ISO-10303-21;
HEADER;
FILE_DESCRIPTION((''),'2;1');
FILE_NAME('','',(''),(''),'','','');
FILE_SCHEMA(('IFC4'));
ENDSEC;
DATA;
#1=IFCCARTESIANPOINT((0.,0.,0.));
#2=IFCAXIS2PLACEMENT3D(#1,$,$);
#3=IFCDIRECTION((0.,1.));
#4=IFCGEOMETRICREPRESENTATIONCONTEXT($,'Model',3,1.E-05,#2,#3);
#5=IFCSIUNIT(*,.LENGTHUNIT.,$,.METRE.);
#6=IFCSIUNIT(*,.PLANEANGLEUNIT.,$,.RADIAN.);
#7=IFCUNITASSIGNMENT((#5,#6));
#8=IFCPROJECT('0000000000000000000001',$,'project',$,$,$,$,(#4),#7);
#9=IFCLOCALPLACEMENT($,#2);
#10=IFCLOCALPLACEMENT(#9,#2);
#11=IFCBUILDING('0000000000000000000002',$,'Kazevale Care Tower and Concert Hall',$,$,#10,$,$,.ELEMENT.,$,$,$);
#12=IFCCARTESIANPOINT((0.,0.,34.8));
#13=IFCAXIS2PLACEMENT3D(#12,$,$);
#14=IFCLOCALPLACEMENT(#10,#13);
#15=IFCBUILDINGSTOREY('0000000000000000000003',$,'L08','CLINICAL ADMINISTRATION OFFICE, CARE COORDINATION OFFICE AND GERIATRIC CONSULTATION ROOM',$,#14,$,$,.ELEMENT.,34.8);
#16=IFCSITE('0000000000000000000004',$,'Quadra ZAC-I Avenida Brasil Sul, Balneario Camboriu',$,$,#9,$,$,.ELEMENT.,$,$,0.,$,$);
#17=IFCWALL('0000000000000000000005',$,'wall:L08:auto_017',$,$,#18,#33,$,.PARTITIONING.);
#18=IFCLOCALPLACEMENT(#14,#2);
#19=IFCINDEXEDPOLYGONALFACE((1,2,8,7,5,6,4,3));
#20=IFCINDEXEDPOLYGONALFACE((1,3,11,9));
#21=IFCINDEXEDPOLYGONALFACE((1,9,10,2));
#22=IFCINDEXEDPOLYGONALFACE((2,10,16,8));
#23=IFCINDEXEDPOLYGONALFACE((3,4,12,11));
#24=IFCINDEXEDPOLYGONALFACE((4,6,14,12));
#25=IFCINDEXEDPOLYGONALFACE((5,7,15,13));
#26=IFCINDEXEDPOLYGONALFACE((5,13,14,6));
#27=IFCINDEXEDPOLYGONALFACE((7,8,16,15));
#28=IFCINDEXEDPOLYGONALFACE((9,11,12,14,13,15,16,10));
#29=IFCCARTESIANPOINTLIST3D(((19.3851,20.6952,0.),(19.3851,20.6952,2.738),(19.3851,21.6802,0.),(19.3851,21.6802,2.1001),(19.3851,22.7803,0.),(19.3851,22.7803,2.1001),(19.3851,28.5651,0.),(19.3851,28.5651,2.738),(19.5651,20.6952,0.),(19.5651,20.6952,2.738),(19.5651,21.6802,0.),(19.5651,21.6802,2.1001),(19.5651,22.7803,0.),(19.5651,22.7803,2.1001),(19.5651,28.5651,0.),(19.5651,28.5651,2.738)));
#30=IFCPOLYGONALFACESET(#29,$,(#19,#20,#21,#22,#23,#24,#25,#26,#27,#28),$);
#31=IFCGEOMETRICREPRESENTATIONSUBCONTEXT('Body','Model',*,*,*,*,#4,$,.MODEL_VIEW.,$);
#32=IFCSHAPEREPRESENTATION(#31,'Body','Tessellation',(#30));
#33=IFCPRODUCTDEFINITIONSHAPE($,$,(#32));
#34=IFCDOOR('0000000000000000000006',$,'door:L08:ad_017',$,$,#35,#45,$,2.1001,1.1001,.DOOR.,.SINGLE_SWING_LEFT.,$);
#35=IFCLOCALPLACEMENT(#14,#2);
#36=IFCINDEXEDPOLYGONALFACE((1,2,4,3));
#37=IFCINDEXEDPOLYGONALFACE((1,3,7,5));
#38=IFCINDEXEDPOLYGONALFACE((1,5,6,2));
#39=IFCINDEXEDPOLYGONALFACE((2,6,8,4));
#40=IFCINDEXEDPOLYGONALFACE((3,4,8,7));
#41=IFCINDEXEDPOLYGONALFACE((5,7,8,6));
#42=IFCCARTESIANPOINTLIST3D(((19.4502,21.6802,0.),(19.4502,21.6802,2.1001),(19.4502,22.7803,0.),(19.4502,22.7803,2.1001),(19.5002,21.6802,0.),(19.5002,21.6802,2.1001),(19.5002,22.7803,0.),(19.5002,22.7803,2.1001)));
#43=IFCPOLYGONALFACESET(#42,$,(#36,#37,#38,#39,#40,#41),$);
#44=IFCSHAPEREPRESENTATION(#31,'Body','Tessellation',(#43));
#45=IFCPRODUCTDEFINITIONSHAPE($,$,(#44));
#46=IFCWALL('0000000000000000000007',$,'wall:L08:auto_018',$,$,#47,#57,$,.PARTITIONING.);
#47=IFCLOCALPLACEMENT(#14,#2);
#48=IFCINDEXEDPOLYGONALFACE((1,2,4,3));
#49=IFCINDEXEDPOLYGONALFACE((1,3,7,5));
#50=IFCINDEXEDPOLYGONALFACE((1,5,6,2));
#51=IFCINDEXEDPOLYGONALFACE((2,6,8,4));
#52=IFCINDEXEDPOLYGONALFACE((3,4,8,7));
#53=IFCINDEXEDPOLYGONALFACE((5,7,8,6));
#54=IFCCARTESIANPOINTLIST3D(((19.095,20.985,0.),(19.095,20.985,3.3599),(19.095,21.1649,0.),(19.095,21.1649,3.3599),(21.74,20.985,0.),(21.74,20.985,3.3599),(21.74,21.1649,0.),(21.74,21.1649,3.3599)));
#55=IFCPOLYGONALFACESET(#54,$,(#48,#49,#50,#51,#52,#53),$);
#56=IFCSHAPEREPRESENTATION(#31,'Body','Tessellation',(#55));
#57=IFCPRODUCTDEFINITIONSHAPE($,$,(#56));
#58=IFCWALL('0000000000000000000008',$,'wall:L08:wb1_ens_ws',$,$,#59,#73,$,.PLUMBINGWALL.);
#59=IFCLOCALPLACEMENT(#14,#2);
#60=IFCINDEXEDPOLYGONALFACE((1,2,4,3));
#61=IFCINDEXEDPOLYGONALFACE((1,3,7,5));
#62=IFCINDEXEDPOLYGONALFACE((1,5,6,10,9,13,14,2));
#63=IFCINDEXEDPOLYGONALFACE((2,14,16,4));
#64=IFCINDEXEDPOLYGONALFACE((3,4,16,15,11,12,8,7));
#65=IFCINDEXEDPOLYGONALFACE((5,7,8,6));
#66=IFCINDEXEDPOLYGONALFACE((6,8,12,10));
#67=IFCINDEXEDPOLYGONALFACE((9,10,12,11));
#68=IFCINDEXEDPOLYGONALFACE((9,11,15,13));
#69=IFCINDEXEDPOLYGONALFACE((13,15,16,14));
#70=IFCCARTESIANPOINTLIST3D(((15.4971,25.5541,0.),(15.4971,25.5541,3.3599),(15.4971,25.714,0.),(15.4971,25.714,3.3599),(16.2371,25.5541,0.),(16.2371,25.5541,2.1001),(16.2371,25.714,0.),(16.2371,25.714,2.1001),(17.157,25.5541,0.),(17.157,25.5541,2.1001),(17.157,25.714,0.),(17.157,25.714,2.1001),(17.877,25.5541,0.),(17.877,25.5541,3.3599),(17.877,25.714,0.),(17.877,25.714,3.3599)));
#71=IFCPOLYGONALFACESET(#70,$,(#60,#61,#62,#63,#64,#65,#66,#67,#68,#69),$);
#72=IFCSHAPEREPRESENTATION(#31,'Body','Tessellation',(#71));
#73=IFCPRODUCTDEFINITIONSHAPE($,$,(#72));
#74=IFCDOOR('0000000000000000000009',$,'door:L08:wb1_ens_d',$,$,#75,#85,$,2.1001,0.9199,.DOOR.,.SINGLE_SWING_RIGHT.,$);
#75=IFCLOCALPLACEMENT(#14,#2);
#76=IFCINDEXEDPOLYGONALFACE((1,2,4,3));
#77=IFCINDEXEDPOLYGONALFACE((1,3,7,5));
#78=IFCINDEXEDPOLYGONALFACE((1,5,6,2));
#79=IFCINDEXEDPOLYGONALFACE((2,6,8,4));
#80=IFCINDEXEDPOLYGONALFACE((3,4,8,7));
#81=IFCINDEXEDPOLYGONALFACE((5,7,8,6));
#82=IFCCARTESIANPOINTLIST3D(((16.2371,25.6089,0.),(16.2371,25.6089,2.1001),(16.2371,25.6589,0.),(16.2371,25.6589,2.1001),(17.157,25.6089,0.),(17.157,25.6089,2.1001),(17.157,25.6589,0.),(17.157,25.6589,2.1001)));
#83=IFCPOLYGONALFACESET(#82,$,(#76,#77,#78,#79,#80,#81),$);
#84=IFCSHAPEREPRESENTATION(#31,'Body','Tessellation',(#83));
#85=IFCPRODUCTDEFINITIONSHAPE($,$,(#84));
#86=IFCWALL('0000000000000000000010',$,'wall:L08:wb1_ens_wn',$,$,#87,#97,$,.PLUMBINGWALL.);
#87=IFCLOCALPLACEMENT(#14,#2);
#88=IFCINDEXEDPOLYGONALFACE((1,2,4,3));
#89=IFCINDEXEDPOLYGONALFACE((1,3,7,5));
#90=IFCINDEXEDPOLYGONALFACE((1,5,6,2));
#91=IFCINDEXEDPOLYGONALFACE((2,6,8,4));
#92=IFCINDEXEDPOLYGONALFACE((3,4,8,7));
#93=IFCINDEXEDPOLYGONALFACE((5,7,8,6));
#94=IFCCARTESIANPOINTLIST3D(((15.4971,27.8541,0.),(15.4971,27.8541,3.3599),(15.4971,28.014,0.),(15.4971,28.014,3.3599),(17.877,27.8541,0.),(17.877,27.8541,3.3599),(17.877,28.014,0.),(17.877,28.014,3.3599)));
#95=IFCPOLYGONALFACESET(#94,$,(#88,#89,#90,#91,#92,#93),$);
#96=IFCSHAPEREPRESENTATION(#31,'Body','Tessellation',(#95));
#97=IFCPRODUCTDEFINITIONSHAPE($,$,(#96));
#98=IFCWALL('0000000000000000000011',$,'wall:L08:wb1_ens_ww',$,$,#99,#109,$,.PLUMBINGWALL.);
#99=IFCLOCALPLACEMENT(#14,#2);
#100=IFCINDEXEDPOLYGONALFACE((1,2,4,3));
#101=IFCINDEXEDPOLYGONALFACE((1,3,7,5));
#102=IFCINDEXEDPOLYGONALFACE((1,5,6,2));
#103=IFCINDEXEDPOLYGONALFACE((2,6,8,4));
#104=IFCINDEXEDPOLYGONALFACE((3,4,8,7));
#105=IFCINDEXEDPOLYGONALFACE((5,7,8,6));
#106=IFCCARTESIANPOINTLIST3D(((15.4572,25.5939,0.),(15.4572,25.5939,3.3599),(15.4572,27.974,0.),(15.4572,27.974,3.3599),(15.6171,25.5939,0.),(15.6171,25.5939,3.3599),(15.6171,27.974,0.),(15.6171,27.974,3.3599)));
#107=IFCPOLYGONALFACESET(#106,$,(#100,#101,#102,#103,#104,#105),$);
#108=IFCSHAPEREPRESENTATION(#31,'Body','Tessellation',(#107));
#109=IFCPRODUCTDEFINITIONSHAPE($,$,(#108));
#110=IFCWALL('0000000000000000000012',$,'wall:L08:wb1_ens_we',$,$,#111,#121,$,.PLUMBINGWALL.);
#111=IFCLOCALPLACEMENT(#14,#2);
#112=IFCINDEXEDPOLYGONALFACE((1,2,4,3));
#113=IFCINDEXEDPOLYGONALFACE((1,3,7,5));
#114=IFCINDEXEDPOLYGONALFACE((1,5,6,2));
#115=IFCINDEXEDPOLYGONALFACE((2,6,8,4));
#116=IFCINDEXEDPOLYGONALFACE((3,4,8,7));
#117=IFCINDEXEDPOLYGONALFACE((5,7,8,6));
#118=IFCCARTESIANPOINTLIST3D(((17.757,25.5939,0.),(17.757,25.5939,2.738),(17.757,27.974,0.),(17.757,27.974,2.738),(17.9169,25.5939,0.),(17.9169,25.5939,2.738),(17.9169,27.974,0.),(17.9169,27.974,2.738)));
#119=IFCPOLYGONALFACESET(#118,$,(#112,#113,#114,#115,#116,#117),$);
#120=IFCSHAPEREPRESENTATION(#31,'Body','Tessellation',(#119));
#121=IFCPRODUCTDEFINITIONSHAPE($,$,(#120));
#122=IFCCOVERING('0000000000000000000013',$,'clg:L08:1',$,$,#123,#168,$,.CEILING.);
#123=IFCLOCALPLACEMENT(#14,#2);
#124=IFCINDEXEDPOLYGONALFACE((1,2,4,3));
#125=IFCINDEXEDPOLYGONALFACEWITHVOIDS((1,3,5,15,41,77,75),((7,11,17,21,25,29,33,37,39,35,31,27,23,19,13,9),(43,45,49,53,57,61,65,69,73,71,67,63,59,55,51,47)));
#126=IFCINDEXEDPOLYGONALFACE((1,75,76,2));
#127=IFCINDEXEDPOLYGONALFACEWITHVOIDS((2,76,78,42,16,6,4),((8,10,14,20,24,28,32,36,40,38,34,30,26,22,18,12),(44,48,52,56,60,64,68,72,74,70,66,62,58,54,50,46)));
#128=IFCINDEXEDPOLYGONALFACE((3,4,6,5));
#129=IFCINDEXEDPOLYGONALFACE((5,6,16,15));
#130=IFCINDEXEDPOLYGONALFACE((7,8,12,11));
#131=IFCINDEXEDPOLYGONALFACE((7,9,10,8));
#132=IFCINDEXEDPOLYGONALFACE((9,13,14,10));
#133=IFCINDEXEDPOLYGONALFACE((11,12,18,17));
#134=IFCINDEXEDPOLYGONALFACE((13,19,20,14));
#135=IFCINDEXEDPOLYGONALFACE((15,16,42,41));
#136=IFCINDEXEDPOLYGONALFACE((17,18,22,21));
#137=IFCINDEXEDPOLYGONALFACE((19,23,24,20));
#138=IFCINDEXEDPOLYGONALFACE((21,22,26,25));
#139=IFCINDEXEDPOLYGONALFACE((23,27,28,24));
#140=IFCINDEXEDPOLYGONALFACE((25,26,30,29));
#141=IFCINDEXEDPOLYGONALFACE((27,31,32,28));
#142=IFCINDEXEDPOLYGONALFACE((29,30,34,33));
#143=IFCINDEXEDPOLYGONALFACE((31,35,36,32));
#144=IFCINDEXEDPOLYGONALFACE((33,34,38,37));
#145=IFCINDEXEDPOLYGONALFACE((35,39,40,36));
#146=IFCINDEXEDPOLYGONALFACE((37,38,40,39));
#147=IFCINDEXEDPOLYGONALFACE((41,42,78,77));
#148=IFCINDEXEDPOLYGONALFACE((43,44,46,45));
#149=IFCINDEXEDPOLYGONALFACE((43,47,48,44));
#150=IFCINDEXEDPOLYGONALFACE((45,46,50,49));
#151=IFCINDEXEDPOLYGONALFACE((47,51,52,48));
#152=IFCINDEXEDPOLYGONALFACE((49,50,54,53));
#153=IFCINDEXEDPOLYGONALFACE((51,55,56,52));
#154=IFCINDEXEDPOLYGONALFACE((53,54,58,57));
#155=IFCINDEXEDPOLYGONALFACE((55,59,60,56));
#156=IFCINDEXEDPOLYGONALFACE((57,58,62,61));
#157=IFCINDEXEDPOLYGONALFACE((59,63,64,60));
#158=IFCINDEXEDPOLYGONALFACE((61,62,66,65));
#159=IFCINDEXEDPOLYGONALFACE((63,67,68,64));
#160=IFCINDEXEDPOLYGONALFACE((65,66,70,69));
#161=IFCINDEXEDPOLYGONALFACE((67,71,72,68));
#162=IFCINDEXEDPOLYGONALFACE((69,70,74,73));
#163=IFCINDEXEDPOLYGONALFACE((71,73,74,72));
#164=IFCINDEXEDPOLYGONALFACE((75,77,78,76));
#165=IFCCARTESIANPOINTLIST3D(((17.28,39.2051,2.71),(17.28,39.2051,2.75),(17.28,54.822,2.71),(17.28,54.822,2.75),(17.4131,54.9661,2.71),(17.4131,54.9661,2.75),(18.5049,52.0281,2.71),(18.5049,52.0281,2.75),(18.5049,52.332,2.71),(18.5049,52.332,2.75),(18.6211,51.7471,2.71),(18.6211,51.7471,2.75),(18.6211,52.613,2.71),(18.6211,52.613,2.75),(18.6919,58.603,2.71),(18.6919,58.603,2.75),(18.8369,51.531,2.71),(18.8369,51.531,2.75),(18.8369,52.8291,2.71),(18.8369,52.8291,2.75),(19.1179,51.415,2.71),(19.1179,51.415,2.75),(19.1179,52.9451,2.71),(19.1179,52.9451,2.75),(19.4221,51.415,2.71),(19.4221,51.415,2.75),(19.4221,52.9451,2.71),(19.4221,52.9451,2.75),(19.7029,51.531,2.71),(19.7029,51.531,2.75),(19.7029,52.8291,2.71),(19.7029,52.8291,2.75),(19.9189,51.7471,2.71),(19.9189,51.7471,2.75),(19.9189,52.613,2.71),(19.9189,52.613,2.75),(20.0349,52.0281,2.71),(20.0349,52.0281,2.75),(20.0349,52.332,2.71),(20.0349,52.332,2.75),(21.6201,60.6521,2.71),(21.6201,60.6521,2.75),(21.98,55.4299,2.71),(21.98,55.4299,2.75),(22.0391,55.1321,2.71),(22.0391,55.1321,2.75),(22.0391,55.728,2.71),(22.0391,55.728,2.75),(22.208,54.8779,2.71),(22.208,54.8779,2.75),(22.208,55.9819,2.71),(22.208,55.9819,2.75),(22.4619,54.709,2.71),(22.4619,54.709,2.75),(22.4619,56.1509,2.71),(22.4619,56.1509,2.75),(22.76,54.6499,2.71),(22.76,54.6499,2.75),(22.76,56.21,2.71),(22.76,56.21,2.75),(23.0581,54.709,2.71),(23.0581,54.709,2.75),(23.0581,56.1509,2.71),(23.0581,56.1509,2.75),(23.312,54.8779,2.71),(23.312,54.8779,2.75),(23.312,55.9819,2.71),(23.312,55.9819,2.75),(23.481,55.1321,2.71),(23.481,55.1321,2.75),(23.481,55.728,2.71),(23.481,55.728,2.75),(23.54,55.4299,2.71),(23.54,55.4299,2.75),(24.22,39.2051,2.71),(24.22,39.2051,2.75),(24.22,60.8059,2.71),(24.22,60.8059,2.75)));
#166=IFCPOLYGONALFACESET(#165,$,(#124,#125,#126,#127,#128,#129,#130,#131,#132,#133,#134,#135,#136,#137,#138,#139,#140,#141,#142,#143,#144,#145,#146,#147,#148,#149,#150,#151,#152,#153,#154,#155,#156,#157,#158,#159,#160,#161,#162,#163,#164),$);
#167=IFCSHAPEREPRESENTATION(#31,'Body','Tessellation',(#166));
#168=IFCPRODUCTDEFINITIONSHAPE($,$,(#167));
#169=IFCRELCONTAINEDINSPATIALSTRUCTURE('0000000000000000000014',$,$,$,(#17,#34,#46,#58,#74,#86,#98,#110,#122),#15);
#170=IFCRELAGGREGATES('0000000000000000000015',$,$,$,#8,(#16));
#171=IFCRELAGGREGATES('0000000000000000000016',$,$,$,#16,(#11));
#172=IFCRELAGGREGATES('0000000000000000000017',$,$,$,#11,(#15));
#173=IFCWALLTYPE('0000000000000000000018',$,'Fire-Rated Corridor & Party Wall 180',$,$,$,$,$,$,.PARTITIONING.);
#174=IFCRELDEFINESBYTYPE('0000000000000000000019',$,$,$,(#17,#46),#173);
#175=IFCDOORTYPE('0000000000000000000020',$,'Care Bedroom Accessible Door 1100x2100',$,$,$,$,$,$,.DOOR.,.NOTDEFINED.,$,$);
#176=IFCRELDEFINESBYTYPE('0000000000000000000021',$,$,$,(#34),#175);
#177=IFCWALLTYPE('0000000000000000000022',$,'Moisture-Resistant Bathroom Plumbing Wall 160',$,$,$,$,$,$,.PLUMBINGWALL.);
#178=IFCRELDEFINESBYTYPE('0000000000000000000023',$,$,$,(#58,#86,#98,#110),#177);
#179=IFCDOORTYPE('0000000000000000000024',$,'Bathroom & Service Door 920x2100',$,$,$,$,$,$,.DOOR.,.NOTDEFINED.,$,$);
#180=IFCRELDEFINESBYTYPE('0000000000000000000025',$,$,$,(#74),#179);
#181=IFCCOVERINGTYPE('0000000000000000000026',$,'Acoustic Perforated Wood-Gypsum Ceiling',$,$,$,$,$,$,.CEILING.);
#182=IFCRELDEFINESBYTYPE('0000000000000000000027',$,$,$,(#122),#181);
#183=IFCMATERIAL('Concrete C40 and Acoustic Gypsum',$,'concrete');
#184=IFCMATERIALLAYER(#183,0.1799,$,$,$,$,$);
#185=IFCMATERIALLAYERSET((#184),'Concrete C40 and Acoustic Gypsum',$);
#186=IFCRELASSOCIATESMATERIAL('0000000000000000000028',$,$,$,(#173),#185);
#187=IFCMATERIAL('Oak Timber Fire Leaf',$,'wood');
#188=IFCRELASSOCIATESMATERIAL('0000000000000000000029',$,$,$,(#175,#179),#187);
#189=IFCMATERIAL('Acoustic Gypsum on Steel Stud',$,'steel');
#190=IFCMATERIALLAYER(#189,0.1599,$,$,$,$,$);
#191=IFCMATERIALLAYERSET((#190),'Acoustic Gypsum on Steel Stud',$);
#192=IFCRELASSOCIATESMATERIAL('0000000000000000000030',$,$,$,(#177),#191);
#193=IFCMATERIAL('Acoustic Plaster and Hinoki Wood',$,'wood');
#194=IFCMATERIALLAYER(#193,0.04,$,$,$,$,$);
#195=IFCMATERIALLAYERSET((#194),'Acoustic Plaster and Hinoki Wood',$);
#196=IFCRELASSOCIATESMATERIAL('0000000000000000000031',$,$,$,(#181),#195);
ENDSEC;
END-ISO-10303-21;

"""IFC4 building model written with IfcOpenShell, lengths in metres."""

from ifc_helpers import new_model, si_unit, direction, frame, frame_2d, origin, place, context, subcontext, project, spatial, polyline, rectangle, outline, extrude, material, layer, layer_set, type_object, element, fill, save


model = new_model("IFC4")

# Units and contexts
model_context = context("Model", 3, precision=1e-05, world=origin(), true_north=direction((0.0, 1.0)))
body_context = subcontext(model_context, "Body", "Model", "MODEL_VIEW")
ifc_project = project(units=[si_unit("LENGTHUNIT", "METRE"), si_unit("PLANEANGLEUNIT", "RADIAN")], contexts=[model_context])

# Site, building, storey
site_placement = place(None, origin())
site = spatial("IfcSite", under=ifc_project, at=site_placement, Name="Quadra ZAC-I Avenida Brasil Sul, Balneario Camboriu", CompositionType="ELEMENT", RefElevation=0.0)
building_placement = place(site_placement, origin())
building = spatial("IfcBuilding", under=site, at=building_placement, Name="Kazevale Care Tower and Concert Hall", CompositionType="ELEMENT")
storey_placement = place(building_placement, frame((0.0, 0.0, 34.8)))
storey = spatial("IfcBuildingStorey", under=building, at=storey_placement, Name="L08", Description="CLINICAL ADMINISTRATION OFFICE, CARE COORDINATION OFFICE AND GERIATRIC CONSULTATION ROOM", CompositionType="ELEMENT", Elevation=34.8)

# Wall, opening, door
ifc_material_1 = material(Name="Concrete C40 and Acoustic Gypsum", Category="concrete")
ifc_layer_1 = layer(ifc_material_1, 0.1799)
ifc_layer_set_1 = layer_set([ifc_layer_1], Name="Concrete C40 and Acoustic Gypsum")
wall_type_1 = type_object("IfcWallType", Name="Fire-Rated Corridor & Party Wall 180", PredefinedType="PARTITIONING", material=ifc_layer_set_1)
wall_1_placement = place(storey_placement, frame((19.4751, 20.6951, 0.0), z_axis=(0.0, 0.0, 1.0), x_axis=(0.0, 1.0, 0.0)))
wall_1 = element("IfcWall", 1, at=wall_1_placement, inside=storey, type_object=wall_type_1, Name="wall:L08:auto_017", PredefinedType="PARTITIONING", context=body_context, shape_type="SweptSolid", body=[
    extrude(rectangle(XDim=7.8699, YDim=0.1799, at=frame_2d((3.9351, 0.0))), origin(), (0.0, 0.0, 1.0), 2.738),
])
opening_1_placement = place(wall_1_placement, frame((0.9851, 0.0, 0.0)))
opening_1 = element("IfcOpeningElement", 2, at=opening_1_placement, cuts=wall_1, PredefinedType="OPENING", context=body_context, shape_type="SweptSolid", body=[
    extrude(rectangle(XDim=1.1001, YDim=2.1001, at=frame_2d((0.55, 1.05))), frame((0.0, 0.0999, 0.0), z_axis=(0.0, -1.0, 0.0), x_axis=(1.0, 0.0, 0.0)), (0.0, 0.0, 1.0), 0.2),
])
ifc_material_2 = material(Name="Oak Timber Fire Leaf", Category="wood")
door_type_1 = type_object("IfcDoorType", Name="Care Bedroom Accessible Door 1100x2100", OperationType="NOTDEFINED", PredefinedType="DOOR", material=ifc_material_2)
door_1_placement = place(opening_1_placement, origin())
door_1 = element("IfcDoor", 3, at=door_1_placement, inside=storey, type_object=door_type_1, Name="door:L08:ad_017", OperationType="SINGLE_SWING_LEFT", OverallHeight=2.1001, OverallWidth=1.1001, PredefinedType="DOOR", context=body_context, shape_type="SweptSolid", body=[
    extrude(rectangle(XDim=1.1001, YDim=2.1001, at=frame_2d((0.55, 1.05))), frame((0.0, 0.0249, 0.0), z_axis=(0.0, -1.0, 0.0), x_axis=(1.0, 0.0, 0.0)), (0.0, 0.0, 1.0), 0.05),
])
fill(opening_1, door_1)

# Wall
wall_2_placement = place(storey_placement, frame((21.74, 21.075, 0.0), z_axis=(0.0, 0.0, 1.0), x_axis=(-1.0, 0.0, 0.0)))
element("IfcWall", 4, at=wall_2_placement, inside=storey, type_object=wall_type_1, Name="wall:L08:auto_018", PredefinedType="PARTITIONING", context=body_context, shape_type="SweptSolid", body=[
    extrude(rectangle(XDim=2.645, YDim=0.1799, at=frame_2d((1.3225, 0.0))), origin(), (0.0, 0.0, 1.0), 3.3599),
])

# Wall, opening, door
ifc_material_3 = material(Name="Acoustic Gypsum on Steel Stud", Category="steel")
ifc_layer_2 = layer(ifc_material_3, 0.1599)
ifc_layer_set_2 = layer_set([ifc_layer_2], Name="Acoustic Gypsum on Steel Stud")
wall_type_2 = type_object("IfcWallType", Name="Moisture-Resistant Bathroom Plumbing Wall 160", PredefinedType="PLUMBINGWALL", material=ifc_layer_set_2)
wall_3_placement = place(storey_placement, frame((15.4971, 25.634, 0.0), z_axis=(0.0, 0.0, 1.0), x_axis=(1.0, 0.0, 0.0)))
wall_3 = element("IfcWall", 5, at=wall_3_placement, inside=storey, type_object=wall_type_2, Name="wall:L08:wb1_ens_ws", PredefinedType="PLUMBINGWALL", context=body_context, shape_type="SweptSolid", body=[
    extrude(rectangle(XDim=2.3799, YDim=0.1599, at=frame_2d((1.1899, 0.0))), origin(), (0.0, 0.0, 1.0), 3.3599),
])
opening_2_placement = place(wall_3_placement, frame((0.74, 0.0, 0.0)))
opening_2 = element("IfcOpeningElement", 6, at=opening_2_placement, cuts=wall_3, PredefinedType="OPENING", context=body_context, shape_type="SweptSolid", body=[
    extrude(rectangle(XDim=0.9199, YDim=2.1001, at=frame_2d((0.46, 1.05))), frame((0.0, 0.0898, 0.0), z_axis=(0.0, -1.0, 0.0), x_axis=(1.0, 0.0, 0.0)), (0.0, 0.0, 1.0), 0.1799),
])
door_type_2 = type_object("IfcDoorType", Name="Bathroom & Service Door 920x2100", OperationType="NOTDEFINED", PredefinedType="DOOR", material=ifc_material_2)
door_2_placement = place(opening_2_placement, origin())
door_2 = element("IfcDoor", 7, at=door_2_placement, inside=storey, type_object=door_type_2, Name="door:L08:wb1_ens_d", OperationType="SINGLE_SWING_RIGHT", OverallHeight=2.1001, OverallWidth=0.9199, PredefinedType="DOOR", context=body_context, shape_type="SweptSolid", body=[
    extrude(rectangle(XDim=0.9199, YDim=2.1001, at=frame_2d((0.46, 1.05))), frame((0.0, 0.0249, 0.0), z_axis=(0.0, -1.0, 0.0), x_axis=(1.0, 0.0, 0.0)), (0.0, 0.0, 1.0), 0.05),
])
fill(opening_2, door_2)

# Walls
wall_4_placement = place(storey_placement, frame((15.4971, 27.9341, 0.0), z_axis=(0.0, 0.0, 1.0), x_axis=(1.0, 0.0, 0.0)))
element("IfcWall", 8, at=wall_4_placement, inside=storey, type_object=wall_type_2, Name="wall:L08:wb1_ens_wn", PredefinedType="PLUMBINGWALL", context=body_context, shape_type="SweptSolid", body=[
    extrude(rectangle(XDim=2.3799, YDim=0.1599, at=frame_2d((1.1899, 0.0))), origin(), (0.0, 0.0, 1.0), 3.3599),
])
wall_5_placement = place(storey_placement, frame((15.5371, 25.594, 0.0), z_axis=(0.0, 0.0, 1.0), x_axis=(0.0, 1.0, 0.0)))
element("IfcWall", 9, at=wall_5_placement, inside=storey, type_object=wall_type_2, Name="wall:L08:wb1_ens_ww", PredefinedType="PLUMBINGWALL", context=body_context, shape_type="SweptSolid", body=[
    extrude(rectangle(XDim=2.3801, YDim=0.1599, at=frame_2d((1.1899, 0.0))), origin(), (0.0, 0.0, 1.0), 3.3599),
])
wall_6_placement = place(storey_placement, frame((17.8369, 25.594, 0.0), z_axis=(0.0, 0.0, 1.0), x_axis=(0.0, 1.0, 0.0)))
element("IfcWall", 10, at=wall_6_placement, inside=storey, type_object=wall_type_2, Name="wall:L08:wb1_ens_we", PredefinedType="PLUMBINGWALL", context=body_context, shape_type="SweptSolid", body=[
    extrude(rectangle(XDim=2.3801, YDim=0.1599, at=frame_2d((1.1899, 0.0))), origin(), (0.0, 0.0, 1.0), 2.738),
])

# Covering
ifc_material_4 = material(Name="Acoustic Plaster and Hinoki Wood", Category="wood")
ifc_layer_3 = layer(ifc_material_4, 0.04)
ifc_layer_set_3 = layer_set([ifc_layer_3], Name="Acoustic Plaster and Hinoki Wood")
covering_type = type_object("IfcCoveringType", Name="Acoustic Perforated Wood-Gypsum Ceiling", PredefinedType="CEILING", material=ifc_layer_set_3)
covering_1_placement = place(storey_placement, frame((0.0, 0.0, 2.71)))
element("IfcCovering", 11, at=covering_1_placement, inside=storey, type_object=covering_type, Name="clg:L08:1", PredefinedType="CEILING", context=body_context, shape_type="SweptSolid", body=[
    extrude(outline(polyline([(24.22, 60.8059), (24.22, 39.2051), (17.28, 39.2051), (17.28, 54.822), (17.4131, 54.9661), (18.6919, 58.603), (21.6201, 60.6521), (24.22, 60.8059)]), holes=[polyline([(23.481, 55.728), (23.312, 55.9819), (23.0581, 56.1509), (22.76, 56.21), (22.4619, 56.1509), (22.208, 55.9819), (22.0391, 55.728), (21.98, 55.4299), (22.0391, 55.1321), (22.208, 54.8779), (22.4619, 54.709), (22.76, 54.6499), (23.0581, 54.709), (23.312, 54.8779), (23.481, 55.1321), (23.54, 55.4299), (23.481, 55.728)]), polyline([(20.0349, 52.332), (19.9189, 52.613), (19.7029, 52.8291), (19.4221, 52.9451), (19.1179, 52.9451), (18.8369, 52.8291), (18.6211, 52.613), (18.5049, 52.332), (18.5049, 52.0281), (18.6211, 51.7471), (18.8369, 51.531), (19.1179, 51.415), (19.4221, 51.415), (19.7029, 51.531), (19.9189, 51.7471), (20.0349, 52.0281), (20.0349, 52.332)])]), origin(), (0.0, 0.0, 1.0), 0.04),
])

save(model, "model.ifc")
